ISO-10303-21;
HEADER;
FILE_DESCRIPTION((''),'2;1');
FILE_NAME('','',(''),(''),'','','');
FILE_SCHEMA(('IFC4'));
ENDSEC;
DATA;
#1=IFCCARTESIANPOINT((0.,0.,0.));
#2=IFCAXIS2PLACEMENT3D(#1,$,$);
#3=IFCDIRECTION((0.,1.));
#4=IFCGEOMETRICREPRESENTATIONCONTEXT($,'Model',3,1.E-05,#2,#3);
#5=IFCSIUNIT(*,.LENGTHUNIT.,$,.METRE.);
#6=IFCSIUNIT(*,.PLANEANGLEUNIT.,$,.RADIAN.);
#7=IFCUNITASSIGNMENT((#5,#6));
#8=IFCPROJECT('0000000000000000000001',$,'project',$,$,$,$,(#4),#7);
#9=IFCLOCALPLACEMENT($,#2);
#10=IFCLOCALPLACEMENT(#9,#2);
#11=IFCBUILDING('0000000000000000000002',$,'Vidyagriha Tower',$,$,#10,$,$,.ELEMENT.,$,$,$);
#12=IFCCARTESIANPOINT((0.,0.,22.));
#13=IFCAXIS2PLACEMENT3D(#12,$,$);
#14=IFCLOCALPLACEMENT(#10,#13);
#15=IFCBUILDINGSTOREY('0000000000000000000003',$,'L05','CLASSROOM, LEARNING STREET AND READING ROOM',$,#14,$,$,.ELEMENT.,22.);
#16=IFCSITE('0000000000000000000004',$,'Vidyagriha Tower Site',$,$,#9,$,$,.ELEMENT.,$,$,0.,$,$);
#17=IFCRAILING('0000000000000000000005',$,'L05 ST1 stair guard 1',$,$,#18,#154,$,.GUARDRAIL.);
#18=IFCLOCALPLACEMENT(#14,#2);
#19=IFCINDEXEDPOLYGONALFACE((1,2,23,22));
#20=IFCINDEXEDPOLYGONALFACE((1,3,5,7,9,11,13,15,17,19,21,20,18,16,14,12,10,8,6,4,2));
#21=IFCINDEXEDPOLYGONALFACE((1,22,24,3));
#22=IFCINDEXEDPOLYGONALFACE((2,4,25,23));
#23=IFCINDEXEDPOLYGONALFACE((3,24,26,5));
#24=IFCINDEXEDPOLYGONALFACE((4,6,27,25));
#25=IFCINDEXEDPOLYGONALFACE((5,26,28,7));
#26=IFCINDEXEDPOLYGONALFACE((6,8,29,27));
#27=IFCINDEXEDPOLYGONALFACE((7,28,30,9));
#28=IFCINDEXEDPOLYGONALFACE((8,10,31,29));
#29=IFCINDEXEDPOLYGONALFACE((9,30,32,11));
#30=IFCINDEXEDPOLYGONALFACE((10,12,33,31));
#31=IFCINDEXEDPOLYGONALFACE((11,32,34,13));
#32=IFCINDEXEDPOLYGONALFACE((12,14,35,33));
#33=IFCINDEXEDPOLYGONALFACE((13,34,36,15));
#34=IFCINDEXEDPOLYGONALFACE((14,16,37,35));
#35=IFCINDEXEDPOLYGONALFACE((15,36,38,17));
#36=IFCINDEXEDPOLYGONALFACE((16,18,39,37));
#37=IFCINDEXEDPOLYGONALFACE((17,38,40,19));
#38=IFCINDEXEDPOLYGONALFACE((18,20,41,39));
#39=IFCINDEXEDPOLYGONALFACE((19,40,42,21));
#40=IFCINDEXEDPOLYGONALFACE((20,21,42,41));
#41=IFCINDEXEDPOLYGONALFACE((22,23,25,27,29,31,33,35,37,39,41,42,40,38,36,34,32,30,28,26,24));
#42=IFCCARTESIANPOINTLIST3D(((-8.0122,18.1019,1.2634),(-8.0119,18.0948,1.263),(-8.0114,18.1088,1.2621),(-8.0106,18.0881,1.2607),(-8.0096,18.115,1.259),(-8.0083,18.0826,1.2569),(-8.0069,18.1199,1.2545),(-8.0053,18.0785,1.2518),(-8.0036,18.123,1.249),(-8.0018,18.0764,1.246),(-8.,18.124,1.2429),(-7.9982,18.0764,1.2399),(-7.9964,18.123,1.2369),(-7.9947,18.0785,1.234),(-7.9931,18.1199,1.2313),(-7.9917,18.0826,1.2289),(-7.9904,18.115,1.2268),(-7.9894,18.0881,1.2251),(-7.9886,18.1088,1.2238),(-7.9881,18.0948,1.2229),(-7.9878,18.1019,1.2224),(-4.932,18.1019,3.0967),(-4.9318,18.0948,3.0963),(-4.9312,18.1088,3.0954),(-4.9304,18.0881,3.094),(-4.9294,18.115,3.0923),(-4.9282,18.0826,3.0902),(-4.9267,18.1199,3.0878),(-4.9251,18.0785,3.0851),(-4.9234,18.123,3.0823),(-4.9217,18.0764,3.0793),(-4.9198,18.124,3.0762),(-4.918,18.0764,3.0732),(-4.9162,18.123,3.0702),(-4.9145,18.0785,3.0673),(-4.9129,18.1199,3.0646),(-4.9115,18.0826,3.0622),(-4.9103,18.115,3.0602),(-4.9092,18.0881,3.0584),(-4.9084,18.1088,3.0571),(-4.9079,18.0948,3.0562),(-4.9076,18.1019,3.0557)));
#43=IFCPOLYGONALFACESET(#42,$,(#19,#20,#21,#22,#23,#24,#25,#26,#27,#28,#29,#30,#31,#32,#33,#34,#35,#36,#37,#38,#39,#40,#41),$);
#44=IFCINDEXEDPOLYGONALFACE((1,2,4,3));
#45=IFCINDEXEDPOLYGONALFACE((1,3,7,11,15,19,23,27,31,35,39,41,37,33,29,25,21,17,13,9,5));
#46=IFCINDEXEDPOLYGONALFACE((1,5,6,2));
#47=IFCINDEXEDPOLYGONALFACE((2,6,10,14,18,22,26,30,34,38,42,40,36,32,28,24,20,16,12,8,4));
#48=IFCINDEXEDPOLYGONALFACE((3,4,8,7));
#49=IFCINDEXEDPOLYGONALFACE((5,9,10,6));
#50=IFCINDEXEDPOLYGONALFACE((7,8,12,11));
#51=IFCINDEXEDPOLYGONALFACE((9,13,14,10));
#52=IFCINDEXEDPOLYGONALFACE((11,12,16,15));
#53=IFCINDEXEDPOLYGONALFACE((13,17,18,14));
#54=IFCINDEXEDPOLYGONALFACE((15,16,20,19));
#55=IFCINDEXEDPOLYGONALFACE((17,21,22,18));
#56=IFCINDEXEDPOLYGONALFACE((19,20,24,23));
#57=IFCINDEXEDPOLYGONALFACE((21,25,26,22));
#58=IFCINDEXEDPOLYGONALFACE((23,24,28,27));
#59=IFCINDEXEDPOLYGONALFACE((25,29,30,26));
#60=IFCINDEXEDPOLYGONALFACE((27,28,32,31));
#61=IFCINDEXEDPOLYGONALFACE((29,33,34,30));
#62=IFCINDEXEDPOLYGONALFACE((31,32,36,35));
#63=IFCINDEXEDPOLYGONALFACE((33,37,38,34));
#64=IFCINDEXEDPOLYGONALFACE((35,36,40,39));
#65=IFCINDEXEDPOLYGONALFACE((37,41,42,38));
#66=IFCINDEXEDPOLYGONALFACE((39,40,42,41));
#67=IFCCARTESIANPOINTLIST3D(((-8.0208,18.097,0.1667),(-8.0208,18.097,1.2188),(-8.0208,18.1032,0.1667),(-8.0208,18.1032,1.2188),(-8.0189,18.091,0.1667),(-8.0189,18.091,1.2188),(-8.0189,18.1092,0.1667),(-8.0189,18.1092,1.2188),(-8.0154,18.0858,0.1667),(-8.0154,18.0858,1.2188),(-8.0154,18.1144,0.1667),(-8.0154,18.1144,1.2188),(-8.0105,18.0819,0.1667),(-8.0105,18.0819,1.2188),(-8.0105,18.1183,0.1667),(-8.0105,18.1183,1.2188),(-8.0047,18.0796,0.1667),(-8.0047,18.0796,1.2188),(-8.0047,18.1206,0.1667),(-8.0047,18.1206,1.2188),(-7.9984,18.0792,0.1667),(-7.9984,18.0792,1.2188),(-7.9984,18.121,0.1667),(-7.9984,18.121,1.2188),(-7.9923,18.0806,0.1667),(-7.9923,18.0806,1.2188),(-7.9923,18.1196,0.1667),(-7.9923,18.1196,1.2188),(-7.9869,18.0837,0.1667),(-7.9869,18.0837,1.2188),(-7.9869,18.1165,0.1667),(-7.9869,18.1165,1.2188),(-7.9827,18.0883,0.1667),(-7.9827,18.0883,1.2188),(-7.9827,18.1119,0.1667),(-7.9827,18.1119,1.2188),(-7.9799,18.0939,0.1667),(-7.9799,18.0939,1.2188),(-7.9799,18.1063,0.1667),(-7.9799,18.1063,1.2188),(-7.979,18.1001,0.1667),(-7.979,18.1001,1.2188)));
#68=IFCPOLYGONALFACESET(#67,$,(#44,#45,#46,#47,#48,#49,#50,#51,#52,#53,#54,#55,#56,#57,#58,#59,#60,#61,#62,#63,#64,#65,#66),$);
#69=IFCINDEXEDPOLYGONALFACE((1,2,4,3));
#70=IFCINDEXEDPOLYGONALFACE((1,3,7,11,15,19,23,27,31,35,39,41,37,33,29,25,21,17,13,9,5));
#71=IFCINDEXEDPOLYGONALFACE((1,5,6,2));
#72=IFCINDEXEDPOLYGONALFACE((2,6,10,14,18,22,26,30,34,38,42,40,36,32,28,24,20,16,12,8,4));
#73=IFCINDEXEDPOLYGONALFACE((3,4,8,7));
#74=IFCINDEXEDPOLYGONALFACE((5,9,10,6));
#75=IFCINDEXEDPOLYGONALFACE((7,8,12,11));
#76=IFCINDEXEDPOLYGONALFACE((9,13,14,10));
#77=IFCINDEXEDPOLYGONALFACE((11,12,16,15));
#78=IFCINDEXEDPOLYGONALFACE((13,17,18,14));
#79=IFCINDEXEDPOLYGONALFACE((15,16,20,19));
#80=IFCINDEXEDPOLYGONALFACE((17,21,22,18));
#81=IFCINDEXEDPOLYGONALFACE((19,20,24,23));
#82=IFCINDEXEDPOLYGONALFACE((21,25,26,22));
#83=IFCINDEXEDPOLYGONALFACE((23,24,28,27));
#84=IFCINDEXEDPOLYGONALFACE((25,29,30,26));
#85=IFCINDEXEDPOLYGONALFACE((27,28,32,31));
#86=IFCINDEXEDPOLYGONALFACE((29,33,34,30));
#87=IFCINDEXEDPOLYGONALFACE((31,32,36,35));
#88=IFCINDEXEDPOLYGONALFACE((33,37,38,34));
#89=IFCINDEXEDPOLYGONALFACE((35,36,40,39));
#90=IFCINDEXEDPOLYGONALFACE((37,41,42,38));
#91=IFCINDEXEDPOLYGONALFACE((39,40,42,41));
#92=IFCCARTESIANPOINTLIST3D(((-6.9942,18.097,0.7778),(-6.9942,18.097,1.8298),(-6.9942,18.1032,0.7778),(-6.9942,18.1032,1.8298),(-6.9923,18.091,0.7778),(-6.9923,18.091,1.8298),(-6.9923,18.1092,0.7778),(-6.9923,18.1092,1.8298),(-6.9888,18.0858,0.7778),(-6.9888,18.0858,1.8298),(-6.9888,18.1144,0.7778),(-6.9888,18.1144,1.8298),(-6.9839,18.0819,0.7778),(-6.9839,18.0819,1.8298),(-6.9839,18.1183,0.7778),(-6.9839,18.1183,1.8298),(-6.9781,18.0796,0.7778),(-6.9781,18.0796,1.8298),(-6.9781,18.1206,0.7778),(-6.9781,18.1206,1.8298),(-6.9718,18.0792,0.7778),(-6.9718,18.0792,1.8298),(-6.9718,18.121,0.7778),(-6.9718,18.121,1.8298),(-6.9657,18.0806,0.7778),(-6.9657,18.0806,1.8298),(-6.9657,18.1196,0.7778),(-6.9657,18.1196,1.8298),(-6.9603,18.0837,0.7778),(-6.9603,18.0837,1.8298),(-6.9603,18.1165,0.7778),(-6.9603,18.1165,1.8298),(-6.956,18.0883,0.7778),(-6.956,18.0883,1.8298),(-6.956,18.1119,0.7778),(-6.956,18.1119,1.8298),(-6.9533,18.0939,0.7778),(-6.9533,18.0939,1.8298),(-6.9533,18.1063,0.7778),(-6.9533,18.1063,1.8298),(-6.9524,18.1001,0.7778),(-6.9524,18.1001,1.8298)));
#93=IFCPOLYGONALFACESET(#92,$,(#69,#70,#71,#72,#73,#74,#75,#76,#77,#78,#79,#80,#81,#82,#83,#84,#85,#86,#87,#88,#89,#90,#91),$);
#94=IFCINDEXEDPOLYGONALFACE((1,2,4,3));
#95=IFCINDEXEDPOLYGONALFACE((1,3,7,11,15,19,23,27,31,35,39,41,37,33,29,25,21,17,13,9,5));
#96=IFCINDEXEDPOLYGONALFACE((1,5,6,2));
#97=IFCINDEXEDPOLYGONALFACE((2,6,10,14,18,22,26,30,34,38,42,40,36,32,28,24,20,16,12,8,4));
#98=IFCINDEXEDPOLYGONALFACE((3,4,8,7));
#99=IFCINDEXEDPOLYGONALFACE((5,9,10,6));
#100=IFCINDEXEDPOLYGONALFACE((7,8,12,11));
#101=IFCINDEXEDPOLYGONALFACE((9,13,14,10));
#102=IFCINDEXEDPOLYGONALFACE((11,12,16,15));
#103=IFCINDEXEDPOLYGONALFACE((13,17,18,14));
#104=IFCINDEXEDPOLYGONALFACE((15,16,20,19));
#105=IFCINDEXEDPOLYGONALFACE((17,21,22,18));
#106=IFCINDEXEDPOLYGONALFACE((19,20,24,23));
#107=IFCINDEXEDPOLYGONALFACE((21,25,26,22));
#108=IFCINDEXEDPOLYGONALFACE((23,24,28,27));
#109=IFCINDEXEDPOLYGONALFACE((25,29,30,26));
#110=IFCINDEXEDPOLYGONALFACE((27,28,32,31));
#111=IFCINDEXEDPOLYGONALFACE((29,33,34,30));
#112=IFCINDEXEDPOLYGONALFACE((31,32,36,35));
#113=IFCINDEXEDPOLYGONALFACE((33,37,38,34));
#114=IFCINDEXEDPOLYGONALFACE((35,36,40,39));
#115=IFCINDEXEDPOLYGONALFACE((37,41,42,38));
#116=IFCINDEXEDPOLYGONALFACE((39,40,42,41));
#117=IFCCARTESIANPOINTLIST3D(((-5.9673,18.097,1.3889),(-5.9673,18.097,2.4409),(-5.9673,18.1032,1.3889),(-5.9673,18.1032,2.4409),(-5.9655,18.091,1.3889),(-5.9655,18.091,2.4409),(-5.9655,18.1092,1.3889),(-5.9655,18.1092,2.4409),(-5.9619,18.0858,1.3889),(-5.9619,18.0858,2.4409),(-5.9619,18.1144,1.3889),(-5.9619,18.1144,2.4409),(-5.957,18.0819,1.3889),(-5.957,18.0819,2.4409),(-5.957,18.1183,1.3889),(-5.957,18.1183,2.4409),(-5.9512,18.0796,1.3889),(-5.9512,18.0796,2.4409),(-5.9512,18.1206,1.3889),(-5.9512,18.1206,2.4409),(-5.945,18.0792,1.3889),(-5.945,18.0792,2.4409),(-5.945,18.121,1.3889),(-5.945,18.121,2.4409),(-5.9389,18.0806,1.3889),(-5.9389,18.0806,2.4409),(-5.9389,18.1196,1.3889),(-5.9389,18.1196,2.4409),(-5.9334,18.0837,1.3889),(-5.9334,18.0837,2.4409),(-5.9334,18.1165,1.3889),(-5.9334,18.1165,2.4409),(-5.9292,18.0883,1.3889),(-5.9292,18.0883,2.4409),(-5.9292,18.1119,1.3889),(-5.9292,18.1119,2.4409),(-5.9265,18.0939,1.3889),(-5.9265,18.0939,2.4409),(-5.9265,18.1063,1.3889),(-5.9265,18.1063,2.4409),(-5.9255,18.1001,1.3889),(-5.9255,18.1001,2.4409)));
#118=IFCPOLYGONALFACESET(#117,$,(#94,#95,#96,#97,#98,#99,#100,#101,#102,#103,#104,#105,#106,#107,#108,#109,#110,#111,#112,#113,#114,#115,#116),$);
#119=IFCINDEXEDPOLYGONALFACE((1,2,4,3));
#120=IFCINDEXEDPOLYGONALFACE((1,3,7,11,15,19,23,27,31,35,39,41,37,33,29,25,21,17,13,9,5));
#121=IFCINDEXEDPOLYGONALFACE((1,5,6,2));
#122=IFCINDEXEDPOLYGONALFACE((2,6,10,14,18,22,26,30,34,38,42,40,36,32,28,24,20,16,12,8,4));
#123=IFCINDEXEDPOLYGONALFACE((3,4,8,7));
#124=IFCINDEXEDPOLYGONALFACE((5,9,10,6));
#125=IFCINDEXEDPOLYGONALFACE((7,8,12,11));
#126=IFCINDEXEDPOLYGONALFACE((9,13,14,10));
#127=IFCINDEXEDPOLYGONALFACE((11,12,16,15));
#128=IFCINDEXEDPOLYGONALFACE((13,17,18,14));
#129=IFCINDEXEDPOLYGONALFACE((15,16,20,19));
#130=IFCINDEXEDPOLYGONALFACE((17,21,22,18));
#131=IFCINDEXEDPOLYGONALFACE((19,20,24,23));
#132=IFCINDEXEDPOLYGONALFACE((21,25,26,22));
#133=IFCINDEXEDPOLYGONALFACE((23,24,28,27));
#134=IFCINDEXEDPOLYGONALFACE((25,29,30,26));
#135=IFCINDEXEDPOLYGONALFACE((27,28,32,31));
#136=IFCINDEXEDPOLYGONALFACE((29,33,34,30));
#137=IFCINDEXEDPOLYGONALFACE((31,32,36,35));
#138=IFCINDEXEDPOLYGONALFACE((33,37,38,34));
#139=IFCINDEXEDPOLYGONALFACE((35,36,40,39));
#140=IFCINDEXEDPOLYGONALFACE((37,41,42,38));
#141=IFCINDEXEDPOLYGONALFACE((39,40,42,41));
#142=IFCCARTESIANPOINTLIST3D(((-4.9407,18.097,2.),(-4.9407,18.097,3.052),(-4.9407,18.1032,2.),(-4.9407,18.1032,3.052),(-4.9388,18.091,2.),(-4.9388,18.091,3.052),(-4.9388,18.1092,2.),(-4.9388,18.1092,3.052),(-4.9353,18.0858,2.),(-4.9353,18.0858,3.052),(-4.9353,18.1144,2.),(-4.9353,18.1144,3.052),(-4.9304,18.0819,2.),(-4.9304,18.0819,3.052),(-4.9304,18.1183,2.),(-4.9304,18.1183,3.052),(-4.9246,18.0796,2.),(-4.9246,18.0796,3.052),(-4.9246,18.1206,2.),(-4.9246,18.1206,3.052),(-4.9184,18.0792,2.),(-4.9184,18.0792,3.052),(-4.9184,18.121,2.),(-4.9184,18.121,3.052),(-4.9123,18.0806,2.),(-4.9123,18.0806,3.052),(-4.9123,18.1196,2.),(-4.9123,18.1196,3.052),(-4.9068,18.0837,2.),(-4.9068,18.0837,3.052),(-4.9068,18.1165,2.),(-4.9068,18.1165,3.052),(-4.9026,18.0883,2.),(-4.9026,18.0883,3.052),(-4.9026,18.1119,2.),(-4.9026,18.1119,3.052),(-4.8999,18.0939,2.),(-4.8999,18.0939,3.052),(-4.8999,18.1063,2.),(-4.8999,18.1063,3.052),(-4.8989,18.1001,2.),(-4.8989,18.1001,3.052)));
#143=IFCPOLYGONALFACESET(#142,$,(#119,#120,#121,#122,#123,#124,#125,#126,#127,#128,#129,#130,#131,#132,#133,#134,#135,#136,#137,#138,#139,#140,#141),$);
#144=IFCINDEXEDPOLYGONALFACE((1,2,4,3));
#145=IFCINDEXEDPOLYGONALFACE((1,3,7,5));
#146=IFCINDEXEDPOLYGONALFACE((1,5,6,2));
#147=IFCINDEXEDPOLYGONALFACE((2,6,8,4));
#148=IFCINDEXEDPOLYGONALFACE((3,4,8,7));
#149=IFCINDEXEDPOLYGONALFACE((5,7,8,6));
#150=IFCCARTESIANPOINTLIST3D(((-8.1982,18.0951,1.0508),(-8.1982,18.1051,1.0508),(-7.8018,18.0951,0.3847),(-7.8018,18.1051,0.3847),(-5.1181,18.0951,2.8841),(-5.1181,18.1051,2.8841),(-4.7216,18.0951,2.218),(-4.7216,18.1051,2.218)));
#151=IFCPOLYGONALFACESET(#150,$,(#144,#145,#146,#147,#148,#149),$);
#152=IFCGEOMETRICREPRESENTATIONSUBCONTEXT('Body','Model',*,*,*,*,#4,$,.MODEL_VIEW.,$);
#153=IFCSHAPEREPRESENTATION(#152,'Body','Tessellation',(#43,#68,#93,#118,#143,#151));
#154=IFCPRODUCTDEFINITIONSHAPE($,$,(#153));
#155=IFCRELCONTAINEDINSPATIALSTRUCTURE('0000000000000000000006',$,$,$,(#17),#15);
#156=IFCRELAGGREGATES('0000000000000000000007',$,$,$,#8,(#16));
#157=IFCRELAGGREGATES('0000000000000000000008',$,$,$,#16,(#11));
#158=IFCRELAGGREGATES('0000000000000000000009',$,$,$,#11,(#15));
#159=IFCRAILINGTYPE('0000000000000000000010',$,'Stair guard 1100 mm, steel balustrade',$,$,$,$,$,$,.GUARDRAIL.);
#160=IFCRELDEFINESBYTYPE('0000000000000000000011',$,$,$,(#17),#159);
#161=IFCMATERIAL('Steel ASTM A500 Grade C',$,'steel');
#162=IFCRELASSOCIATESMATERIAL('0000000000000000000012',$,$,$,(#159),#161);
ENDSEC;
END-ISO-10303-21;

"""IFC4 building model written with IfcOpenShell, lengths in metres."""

from ifc_helpers import new_model, si_unit, direction, frame, origin, origin_2d, place, context, subcontext, project, spatial, rectangle, circle, extrude, material, type_object, element, save


model = new_model("IFC4")

# Units and contexts
model_context = context("Model", 3, precision=1e-05, world=origin(), true_north=direction((0.0, 1.0)))
body_context = subcontext(model_context, "Body", "Model", "MODEL_VIEW")
ifc_project = project(units=[si_unit("LENGTHUNIT", "METRE"), si_unit("PLANEANGLEUNIT", "RADIAN")], contexts=[model_context])

# Site, building, storey
site_placement = place(None, origin())
site = spatial("IfcSite", under=ifc_project, at=site_placement, Name="Vidyagriha Tower Site", CompositionType="ELEMENT", RefElevation=0.0)
building_placement = place(site_placement, origin())
building = spatial("IfcBuilding", under=site, at=building_placement, Name="Vidyagriha Tower", CompositionType="ELEMENT")
storey_placement = place(building_placement, frame((0.0, 0.0, 22.0)))
storey = spatial("IfcBuildingStorey", under=building, at=storey_placement, Name="L05", Description="CLASSROOM, LEARNING STREET AND READING ROOM", CompositionType="ELEMENT", Elevation=22.0)

# Railing
ifc_material_1 = material(Name="Steel ASTM A500 Grade C", Category="steel")
railing_type_1 = type_object("IfcRailingType", Name="Stair guard 1100 mm, steel balustrade", PredefinedType="GUARDRAIL", material=ifc_material_1)
railing_1_placement = place(storey_placement, frame((-8.0, 18.1001, 0.1667)))
element("IfcRailing", 1, at=railing_1_placement, inside=storey, type_object=railing_type_1, Name="L05 ST1 stair guard 1", PredefinedType="GUARDRAIL", context=body_context, shape_type="SweptSolid", body=[
    extrude(circle(Radius=0.0239, at=origin_2d()), frame((0.0, 0.0, 1.0762), z_axis=(0.859309, 0.0, 0.511458), x_axis=(0.0, 1.0, 0.0)), (0.0, 0.0, 1.0), 3.5845),
    extrude(circle(Radius=0.021, at=origin_2d()), origin(), (0.0, 0.0, 1.0), 1.052),
    extrude(circle(Radius=0.021, at=origin_2d()), frame((1.0266, 0.0, 0.6111)), (0.0, 0.0, 1.0), 1.052),
    extrude(circle(Radius=0.021, at=origin_2d()), frame((2.0535, 0.0, 1.2222)), (0.0, 0.0, 1.0), 1.052),
    extrude(circle(Radius=0.021, at=origin_2d()), frame((3.0801, 0.0, 1.8333)), (0.0, 0.0, 1.0), 1.052),
    extrude(rectangle(XDim=0.01, YDim=0.7751, at=origin_2d()), frame((0.0, 0.0, 0.551), z_axis=(0.859309, 0.0, 0.511458), x_axis=(0.0, 1.0, 0.0)), (0.0, 0.0, 1.0), 3.5845),
])

save(model, "model.ifc")
